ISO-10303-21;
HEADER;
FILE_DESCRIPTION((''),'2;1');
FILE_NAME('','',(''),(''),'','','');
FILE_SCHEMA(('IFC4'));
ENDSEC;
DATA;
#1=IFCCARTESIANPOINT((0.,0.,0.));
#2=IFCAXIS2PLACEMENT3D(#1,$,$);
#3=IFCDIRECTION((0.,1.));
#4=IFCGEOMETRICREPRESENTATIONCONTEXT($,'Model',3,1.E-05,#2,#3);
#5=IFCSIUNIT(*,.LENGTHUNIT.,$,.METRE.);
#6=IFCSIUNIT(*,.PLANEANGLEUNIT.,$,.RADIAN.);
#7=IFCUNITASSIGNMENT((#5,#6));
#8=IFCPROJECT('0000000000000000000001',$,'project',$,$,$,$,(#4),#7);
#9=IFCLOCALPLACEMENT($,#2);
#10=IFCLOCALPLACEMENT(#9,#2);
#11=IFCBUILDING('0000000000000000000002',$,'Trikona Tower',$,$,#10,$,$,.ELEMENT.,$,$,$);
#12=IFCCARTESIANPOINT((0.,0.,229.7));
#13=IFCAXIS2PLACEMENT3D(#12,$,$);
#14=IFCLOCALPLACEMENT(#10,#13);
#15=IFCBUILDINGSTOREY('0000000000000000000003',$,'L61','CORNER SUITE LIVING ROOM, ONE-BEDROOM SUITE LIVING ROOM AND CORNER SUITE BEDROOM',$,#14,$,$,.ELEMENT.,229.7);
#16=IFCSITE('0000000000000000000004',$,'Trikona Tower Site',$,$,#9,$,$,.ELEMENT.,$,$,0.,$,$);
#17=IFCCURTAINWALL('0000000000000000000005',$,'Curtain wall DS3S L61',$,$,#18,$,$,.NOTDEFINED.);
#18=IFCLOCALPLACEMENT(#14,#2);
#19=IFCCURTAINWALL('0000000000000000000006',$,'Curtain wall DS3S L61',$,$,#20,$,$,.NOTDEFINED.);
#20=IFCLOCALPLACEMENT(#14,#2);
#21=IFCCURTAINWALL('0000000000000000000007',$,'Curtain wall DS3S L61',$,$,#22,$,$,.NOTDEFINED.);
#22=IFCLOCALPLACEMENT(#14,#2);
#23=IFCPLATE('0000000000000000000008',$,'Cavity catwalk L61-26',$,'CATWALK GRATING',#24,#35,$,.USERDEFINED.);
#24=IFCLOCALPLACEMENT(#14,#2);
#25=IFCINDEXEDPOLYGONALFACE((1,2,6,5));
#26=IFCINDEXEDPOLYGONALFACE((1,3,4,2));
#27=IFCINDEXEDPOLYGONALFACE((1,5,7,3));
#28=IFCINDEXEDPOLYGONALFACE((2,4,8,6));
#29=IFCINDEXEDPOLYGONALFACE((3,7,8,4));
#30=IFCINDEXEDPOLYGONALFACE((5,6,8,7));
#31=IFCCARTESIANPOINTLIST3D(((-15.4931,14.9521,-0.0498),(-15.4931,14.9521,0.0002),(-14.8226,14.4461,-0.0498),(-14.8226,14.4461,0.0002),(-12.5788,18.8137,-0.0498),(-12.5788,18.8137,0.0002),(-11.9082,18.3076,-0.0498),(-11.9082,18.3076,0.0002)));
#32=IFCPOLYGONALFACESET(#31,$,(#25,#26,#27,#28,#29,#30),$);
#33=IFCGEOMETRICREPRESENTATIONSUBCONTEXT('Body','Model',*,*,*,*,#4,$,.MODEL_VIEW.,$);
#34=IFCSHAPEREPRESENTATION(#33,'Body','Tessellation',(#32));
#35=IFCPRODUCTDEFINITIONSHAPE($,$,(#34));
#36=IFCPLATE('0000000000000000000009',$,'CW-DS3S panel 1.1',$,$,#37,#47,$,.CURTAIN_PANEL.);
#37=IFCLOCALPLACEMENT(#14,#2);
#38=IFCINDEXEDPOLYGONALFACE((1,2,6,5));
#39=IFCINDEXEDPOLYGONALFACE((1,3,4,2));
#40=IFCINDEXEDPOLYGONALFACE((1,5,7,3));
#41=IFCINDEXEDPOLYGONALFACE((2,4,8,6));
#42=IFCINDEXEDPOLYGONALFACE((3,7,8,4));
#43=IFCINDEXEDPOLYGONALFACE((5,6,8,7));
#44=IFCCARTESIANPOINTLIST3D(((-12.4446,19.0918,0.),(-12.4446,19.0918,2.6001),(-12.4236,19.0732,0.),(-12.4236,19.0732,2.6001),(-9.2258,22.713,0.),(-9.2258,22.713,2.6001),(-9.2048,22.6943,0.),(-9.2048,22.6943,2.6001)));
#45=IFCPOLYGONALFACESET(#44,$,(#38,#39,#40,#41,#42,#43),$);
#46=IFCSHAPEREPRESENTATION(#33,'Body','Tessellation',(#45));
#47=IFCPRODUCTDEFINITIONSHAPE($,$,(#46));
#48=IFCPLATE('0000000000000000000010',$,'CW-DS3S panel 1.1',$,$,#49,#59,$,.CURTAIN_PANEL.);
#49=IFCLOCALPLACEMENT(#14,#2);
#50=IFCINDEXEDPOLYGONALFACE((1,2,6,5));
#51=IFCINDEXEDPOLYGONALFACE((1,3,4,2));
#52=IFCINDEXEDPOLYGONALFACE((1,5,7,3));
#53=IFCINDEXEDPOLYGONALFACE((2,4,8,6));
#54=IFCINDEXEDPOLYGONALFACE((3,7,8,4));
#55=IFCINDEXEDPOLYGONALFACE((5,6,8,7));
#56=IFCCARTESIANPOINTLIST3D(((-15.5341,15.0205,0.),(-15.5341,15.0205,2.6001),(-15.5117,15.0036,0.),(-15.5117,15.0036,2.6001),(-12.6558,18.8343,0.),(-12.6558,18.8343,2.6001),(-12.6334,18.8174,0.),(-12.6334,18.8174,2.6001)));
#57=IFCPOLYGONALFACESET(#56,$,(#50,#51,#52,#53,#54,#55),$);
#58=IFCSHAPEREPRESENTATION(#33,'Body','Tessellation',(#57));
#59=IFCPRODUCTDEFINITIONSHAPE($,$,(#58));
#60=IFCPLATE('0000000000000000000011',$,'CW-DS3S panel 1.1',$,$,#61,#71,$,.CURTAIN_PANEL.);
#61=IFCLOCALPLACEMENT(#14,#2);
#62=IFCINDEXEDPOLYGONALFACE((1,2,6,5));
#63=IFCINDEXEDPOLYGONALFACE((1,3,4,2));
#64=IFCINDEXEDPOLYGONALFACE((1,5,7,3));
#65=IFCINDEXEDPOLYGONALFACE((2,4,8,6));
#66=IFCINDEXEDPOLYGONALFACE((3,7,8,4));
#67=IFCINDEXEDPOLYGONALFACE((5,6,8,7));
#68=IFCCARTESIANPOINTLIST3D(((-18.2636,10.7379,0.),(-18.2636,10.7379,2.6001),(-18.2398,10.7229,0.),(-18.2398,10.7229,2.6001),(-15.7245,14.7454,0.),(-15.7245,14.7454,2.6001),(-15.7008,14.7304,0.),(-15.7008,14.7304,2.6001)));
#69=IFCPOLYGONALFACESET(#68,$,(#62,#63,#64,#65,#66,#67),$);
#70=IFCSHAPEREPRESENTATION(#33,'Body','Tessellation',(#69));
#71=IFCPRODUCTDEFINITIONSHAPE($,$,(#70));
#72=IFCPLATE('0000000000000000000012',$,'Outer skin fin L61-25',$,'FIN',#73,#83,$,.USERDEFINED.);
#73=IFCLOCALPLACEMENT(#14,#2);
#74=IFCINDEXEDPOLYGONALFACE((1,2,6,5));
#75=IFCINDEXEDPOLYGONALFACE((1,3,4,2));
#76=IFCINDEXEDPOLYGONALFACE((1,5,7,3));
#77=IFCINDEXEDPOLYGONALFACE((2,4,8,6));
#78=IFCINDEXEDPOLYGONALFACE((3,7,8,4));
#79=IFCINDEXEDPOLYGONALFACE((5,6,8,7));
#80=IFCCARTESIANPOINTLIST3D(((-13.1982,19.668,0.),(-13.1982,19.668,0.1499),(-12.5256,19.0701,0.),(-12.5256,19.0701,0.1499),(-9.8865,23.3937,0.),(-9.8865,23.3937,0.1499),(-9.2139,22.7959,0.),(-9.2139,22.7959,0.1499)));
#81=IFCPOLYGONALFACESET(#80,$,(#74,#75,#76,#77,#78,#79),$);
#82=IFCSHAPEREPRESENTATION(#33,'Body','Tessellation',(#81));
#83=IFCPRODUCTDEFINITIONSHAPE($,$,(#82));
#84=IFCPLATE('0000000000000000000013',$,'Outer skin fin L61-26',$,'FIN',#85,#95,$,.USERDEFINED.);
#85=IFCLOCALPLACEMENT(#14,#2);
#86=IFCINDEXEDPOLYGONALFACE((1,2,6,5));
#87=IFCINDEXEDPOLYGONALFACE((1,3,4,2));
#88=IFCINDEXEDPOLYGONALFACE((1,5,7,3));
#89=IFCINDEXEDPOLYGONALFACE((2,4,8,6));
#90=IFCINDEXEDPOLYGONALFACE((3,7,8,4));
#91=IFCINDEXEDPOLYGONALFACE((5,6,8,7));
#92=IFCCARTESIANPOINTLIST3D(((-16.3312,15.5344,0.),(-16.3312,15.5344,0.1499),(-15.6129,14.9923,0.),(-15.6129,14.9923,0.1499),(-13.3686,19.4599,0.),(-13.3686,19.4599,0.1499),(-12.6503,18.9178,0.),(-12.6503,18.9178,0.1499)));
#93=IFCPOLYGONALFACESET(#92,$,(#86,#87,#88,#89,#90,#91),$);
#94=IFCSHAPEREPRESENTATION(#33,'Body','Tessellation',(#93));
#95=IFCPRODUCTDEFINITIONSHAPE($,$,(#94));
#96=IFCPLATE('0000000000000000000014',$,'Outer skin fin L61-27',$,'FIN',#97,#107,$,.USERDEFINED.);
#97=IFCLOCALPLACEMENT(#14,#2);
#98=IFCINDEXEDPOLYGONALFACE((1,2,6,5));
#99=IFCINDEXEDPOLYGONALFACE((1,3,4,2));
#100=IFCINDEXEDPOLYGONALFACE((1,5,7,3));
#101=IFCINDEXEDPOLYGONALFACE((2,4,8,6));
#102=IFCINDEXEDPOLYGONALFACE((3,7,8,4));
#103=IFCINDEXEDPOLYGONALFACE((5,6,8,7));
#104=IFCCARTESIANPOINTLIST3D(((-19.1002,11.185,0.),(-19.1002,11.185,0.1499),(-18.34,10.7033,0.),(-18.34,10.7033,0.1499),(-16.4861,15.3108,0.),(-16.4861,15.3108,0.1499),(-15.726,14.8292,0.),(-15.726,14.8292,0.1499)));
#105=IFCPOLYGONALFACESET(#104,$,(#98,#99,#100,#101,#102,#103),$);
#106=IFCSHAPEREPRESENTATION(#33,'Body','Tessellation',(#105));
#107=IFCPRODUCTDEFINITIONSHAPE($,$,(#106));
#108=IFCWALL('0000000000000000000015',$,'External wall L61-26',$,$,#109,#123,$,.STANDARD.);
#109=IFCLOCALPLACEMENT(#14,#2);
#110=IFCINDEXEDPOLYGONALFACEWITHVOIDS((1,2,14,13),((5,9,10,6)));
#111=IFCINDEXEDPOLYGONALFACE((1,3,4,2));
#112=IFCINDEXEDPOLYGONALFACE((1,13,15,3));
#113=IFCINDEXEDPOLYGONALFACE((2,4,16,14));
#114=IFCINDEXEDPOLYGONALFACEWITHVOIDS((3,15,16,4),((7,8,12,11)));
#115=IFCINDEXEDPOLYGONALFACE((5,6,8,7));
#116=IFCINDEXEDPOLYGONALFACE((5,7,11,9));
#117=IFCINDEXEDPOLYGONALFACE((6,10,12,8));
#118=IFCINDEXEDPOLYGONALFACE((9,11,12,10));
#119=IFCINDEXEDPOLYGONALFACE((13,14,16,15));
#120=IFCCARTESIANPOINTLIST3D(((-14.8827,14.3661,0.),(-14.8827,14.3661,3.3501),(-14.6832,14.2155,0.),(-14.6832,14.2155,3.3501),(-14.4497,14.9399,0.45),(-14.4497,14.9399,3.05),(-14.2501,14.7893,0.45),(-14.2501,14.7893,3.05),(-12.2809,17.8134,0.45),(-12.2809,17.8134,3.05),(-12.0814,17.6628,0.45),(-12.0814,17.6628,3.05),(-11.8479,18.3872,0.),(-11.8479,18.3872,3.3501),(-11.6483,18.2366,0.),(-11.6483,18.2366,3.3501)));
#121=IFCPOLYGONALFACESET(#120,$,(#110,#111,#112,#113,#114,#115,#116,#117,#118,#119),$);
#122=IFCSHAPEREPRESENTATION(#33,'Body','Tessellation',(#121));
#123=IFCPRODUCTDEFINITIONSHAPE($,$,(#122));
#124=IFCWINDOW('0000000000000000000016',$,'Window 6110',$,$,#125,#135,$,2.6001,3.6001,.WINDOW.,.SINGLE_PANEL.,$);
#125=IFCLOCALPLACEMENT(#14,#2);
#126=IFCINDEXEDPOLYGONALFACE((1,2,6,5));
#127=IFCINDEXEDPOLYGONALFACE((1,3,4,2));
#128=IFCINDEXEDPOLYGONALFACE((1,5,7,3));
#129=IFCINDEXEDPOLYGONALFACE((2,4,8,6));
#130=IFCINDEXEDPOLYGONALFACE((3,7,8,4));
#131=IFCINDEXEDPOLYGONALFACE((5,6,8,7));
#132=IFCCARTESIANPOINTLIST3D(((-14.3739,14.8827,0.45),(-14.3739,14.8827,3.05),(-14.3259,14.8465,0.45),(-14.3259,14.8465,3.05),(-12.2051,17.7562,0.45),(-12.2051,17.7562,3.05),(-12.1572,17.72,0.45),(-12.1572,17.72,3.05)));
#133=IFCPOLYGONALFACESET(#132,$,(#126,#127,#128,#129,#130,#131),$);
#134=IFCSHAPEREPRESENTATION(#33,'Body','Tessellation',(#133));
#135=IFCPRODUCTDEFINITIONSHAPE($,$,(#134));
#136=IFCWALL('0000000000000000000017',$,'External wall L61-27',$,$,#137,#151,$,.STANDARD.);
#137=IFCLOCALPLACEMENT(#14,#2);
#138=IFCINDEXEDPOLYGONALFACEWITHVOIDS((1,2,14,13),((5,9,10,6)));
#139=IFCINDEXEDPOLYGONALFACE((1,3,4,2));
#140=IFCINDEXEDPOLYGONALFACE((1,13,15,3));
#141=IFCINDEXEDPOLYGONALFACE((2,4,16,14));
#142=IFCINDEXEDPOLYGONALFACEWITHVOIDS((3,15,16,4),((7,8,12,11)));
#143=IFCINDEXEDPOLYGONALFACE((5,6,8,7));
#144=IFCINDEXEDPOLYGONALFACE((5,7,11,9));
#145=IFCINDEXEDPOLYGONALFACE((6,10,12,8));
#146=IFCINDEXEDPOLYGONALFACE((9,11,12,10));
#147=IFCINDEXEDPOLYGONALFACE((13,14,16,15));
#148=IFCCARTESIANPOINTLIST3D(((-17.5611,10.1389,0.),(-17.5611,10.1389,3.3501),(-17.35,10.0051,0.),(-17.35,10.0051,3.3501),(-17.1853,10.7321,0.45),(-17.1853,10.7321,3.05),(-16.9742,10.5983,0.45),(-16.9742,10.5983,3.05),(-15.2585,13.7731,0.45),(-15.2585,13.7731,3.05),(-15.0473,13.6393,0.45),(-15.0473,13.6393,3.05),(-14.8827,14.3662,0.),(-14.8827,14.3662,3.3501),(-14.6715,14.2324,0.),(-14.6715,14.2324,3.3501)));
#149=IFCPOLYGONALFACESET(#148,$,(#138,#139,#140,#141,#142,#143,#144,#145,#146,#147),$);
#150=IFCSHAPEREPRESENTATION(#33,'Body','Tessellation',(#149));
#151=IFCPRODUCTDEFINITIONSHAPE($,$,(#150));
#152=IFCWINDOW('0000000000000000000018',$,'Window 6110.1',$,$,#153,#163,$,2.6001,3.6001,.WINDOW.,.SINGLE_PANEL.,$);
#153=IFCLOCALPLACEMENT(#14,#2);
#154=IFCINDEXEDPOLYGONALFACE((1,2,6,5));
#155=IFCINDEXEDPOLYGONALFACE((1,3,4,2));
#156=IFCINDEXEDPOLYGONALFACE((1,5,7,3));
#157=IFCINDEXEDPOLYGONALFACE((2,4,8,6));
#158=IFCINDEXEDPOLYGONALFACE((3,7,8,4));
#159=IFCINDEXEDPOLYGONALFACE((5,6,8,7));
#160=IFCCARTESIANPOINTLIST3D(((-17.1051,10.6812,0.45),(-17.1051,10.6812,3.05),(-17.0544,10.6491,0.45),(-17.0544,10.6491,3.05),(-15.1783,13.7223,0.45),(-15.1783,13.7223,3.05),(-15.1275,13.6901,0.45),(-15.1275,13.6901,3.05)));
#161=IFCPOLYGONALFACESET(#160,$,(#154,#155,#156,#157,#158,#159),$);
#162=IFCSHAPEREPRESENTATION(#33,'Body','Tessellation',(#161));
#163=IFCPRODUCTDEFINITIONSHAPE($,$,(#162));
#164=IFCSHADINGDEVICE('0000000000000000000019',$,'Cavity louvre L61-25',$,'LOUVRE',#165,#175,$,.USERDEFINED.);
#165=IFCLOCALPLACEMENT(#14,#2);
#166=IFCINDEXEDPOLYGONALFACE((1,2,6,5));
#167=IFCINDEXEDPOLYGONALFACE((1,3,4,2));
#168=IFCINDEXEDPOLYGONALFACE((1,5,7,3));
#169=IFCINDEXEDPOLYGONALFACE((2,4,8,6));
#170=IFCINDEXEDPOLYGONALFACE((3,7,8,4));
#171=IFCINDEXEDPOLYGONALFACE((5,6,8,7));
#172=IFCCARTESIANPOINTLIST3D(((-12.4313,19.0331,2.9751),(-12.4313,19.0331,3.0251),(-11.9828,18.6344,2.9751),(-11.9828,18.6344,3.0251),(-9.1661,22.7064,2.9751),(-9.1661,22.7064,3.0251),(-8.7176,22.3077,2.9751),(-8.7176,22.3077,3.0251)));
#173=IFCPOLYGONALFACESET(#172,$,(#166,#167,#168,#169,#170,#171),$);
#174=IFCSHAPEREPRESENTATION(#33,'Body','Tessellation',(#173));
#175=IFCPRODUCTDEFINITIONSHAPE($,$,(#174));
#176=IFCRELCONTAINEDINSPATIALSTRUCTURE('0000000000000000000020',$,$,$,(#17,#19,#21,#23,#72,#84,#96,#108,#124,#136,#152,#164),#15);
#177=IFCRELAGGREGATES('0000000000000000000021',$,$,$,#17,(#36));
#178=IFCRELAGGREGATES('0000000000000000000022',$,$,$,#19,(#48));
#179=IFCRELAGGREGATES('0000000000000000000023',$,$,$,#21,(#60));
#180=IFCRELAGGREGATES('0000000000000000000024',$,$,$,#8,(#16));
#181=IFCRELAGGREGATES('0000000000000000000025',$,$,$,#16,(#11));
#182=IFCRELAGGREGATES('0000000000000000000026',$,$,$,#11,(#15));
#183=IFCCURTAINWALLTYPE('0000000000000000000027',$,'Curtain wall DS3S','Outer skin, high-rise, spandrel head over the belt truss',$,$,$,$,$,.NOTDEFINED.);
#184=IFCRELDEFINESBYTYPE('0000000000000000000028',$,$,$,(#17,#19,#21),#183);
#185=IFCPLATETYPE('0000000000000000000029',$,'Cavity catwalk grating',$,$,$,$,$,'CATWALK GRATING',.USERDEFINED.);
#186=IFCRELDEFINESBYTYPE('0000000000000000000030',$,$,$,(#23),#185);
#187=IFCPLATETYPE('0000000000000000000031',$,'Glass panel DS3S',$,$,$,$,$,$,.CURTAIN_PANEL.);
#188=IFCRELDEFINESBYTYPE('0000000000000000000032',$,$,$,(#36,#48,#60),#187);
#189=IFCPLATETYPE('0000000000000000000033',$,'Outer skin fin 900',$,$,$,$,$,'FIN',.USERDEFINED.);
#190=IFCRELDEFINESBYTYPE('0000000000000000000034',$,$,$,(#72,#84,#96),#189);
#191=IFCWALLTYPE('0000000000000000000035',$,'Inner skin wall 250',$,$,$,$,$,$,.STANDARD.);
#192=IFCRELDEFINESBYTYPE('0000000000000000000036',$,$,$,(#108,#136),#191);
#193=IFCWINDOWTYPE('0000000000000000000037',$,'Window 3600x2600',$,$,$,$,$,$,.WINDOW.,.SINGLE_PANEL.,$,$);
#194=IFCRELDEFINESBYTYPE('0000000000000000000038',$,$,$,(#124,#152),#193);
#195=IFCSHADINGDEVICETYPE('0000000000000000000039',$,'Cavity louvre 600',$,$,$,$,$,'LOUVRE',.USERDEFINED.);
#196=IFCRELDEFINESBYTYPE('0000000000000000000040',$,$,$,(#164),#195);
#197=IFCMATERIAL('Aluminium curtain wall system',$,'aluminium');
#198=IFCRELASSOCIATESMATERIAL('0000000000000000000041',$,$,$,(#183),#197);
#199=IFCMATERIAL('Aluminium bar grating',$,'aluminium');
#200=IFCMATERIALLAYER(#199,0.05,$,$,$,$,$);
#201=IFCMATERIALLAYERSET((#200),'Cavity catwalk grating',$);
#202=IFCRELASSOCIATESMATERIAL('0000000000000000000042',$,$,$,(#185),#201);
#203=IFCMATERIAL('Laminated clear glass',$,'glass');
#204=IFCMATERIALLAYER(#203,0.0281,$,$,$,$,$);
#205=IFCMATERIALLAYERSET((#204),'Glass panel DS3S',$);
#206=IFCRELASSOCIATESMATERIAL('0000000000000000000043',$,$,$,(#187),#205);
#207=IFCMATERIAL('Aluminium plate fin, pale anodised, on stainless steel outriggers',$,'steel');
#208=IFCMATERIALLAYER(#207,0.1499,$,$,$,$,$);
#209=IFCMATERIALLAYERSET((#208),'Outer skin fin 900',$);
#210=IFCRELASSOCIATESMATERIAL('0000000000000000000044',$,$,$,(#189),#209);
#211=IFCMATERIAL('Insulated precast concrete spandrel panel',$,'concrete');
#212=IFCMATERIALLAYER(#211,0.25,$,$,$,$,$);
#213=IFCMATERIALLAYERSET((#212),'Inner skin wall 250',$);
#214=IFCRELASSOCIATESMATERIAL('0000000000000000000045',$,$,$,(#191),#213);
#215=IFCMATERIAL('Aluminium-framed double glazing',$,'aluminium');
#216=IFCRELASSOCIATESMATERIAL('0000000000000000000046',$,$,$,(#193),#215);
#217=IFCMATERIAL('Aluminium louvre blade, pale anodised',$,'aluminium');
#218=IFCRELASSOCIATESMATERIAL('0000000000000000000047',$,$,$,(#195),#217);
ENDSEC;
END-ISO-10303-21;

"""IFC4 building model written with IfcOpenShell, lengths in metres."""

from ifc_helpers import new_model, si_unit, direction, frame, frame_2d, origin, origin_2d, place, context, subcontext, project, spatial, rectangle, extrude, material, layer, layer_set, type_object, element, fill, aggregate, save


model = new_model("IFC4")

# Units and contexts
model_context = context("Model", 3, precision=1e-05, world=origin(), true_north=direction((0.0, 1.0)))
body_context = subcontext(model_context, "Body", "Model", "MODEL_VIEW")
ifc_project = project(units=[si_unit("LENGTHUNIT", "METRE"), si_unit("PLANEANGLEUNIT", "RADIAN")], contexts=[model_context])

# Site, building, storey
site_placement = place(None, origin())
site = spatial("IfcSite", under=ifc_project, at=site_placement, Name="Trikona Tower Site", CompositionType="ELEMENT", RefElevation=0.0)
building_placement = place(site_placement, origin())
building = spatial("IfcBuilding", under=site, at=building_placement, Name="Trikona Tower", CompositionType="ELEMENT")
storey_placement = place(building_placement, frame((0.0, 0.0, 229.7)))
storey = spatial("IfcBuildingStorey", under=building, at=storey_placement, Name="L61", Description="CORNER SUITE LIVING ROOM, ONE-BEDROOM SUITE LIVING ROOM AND CORNER SUITE BEDROOM", CompositionType="ELEMENT", Elevation=229.7)

# Shared definitions
ifc_material_1 = material(Name="Aluminium curtain wall system", Category="aluminium")
curtain_wall_type = type_object("IfcCurtainWallType", Name="Curtain wall DS3S", Description="Outer skin, high-rise, spandrel head over the belt truss", PredefinedType="NOTDEFINED", material=ifc_material_1)

# Curtain walls
curtain_wall_1_placement = place(storey_placement, origin())
curtain_wall_1 = element("IfcCurtainWall", 1, at=curtain_wall_1_placement, inside=storey, type_object=curtain_wall_type, Name="Curtain wall DS3S L61", PredefinedType="NOTDEFINED")
curtain_wall_2_placement = place(storey_placement, origin())
curtain_wall_2 = element("IfcCurtainWall", 2, at=curtain_wall_2_placement, inside=storey, type_object=curtain_wall_type, Name="Curtain wall DS3S L61", PredefinedType="NOTDEFINED")

# Curtain wall
curtain_wall_3_placement = place(storey_placement, origin())
curtain_wall_3 = element("IfcCurtainWall", 3, at=curtain_wall_3_placement, inside=storey, type_object=curtain_wall_type, Name="Curtain wall DS3S L61", PredefinedType="NOTDEFINED")

# Plate
ifc_material_2 = material(Name="Aluminium bar grating", Category="aluminium")
ifc_layer_1 = layer(ifc_material_2, 0.05)
ifc_layer_set_1 = layer_set([ifc_layer_1], Name="Cavity catwalk grating")
plate_type_1 = type_object("IfcPlateType", Name="Cavity catwalk grating", ElementType="CATWALK GRATING", PredefinedType="USERDEFINED", material=ifc_layer_set_1)
plate_1_placement = place(storey_placement, frame((-13.7007, 16.6299, -0.0498), z_axis=(0.0, 0.0, 1.0), x_axis=(-0.602402, -0.798193, 0.0)))
element("IfcPlate", 4, at=plate_1_placement, inside=storey, type_object=plate_type_1, Name="Cavity catwalk L61-26", ObjectType="CATWALK GRATING", PredefinedType="USERDEFINED", context=body_context, shape_type="SweptSolid", body=[
    extrude(rectangle(XDim=4.8379, YDim=0.8401, at=origin_2d()), origin(), (0.0, 0.0, 1.0), 0.05),
])

# Plates
ifc_material_3 = material(Name="Laminated clear glass", Category="glass")
ifc_layer_2 = layer(ifc_material_3, 0.0281)
ifc_layer_set_2 = layer_set([ifc_layer_2], Name="Glass panel DS3S")
plate_type_2 = type_object("IfcPlateType", Name="Glass panel DS3S", PredefinedType="CURTAIN_PANEL", material=ifc_layer_set_2)
plate_2_placement = place(storey_placement, frame((-10.8247, 20.8931, 0.0), z_axis=(0.0, 0.0, 1.0), x_axis=(-0.664371, -0.747403, 0.0)))
plate_2 = element("IfcPlate", 5, at=plate_2_placement, type_object=plate_type_2, Name="CW-DS3S panel 1.1", PredefinedType="CURTAIN_PANEL", context=body_context, shape_type="SweptSolid", body=[
    extrude(rectangle(XDim=4.845, YDim=0.0281, at=origin_2d()), origin(), (0.0, 0.0, 1.0), 2.6001),
])
aggregate(curtain_wall_1, [plate_2])
plate_3_placement = place(storey_placement, frame((-14.0837, 16.9189, 0.0), z_axis=(0.0, 0.0, 1.0), x_axis=(-0.602402, -0.798193, 0.0)))
plate_3 = element("IfcPlate", 6, at=plate_3_placement, type_object=plate_type_2, Name="CW-DS3S panel 1.1", PredefinedType="CURTAIN_PANEL", context=body_context, shape_type="SweptSolid", body=[
    extrude(rectangle(XDim=4.7781, YDim=0.0281, at=origin_2d()), origin(), (0.0, 0.0, 1.0), 2.6001),
])
aggregate(curtain_wall_2, [plate_3])
plate_4_placement = place(storey_placement, frame((-16.9822, 12.7341, 0.0), z_axis=(0.0, 0.0, 1.0), x_axis=(-0.535197, -0.844727, 0.0)))
plate_4 = element("IfcPlate", 7, at=plate_4_placement, type_object=plate_type_2, Name="CW-DS3S panel 1.1", PredefinedType="CURTAIN_PANEL", context=body_context, shape_type="SweptSolid", body=[
    extrude(rectangle(XDim=4.7441, YDim=0.0281, at=origin_2d()), origin(), (0.0, 0.0, 1.0), 2.6001),
])
aggregate(curtain_wall_3, [plate_4])

# Plates
ifc_material_4 = material(Name="Aluminium plate fin, pale anodised, on stainless steel outriggers", Category="steel")
ifc_layer_3 = layer(ifc_material_4, 0.1499)
ifc_layer_set_3 = layer_set([ifc_layer_3], Name="Outer skin fin 900")
plate_type_3 = type_object("IfcPlateType", Name="Outer skin fin 900", ElementType="FIN", PredefinedType="USERDEFINED", material=ifc_layer_set_3)
plate_5_placement = place(storey_placement, frame((-11.2061, 21.2319, 0.0), z_axis=(0.0, 0.0, 1.0), x_axis=(-0.664367, -0.747406, 0.0)))
element("IfcPlate", 8, at=plate_5_placement, inside=storey, type_object=plate_type_3, Name="Outer skin fin L61-25", ObjectType="FIN", PredefinedType="USERDEFINED", context=body_context, shape_type="SweptSolid", body=[
    extrude(rectangle(XDim=4.9849, YDim=0.8999, at=origin_2d()), origin(), (0.0, 0.0, 1.0), 0.1499),
])
plate_6_placement = place(storey_placement, frame((-14.4907, 17.2261, 0.0), z_axis=(0.0, 0.0, 1.0), x_axis=(-0.602402, -0.798193, 0.0)))
element("IfcPlate", 9, at=plate_6_placement, inside=storey, type_object=plate_type_3, Name="Outer skin fin L61-26", ObjectType="FIN", PredefinedType="USERDEFINED", context=body_context, shape_type="SweptSolid", body=[
    extrude(rectangle(XDim=4.918, YDim=0.8999, at=origin_2d()), origin(), (0.0, 0.0, 1.0), 0.1499),
])
plate_7_placement = place(storey_placement, frame((-17.4131, 13.0071, 0.0), z_axis=(0.0, 0.0, 1.0), x_axis=(-0.535205, -0.844722, 0.0)))
element("IfcPlate", 10, at=plate_7_placement, inside=storey, type_object=plate_type_3, Name="Outer skin fin L61-27", ObjectType="FIN", PredefinedType="USERDEFINED", context=body_context, shape_type="SweptSolid", body=[
    extrude(rectangle(XDim=4.8843, YDim=0.8999, at=origin_2d()), origin(), (0.0, 0.0, 1.0), 0.1499),
])

# Walls, openings, windows
ifc_material_5 = material(Name="Insulated precast concrete spandrel panel", Category="concrete")
ifc_layer_4 = layer(ifc_material_5, 0.25)
ifc_layer_set_4 = layer_set([ifc_layer_4], Name="Inner skin wall 250")
wall_type = type_object("IfcWallType", Name="Inner skin wall 250", PredefinedType="STANDARD", material=ifc_layer_set_4)
wall_1_placement = place(storey_placement, frame((-11.748, 18.312, 0.0), z_axis=(0.0, 0.0, 1.0), x_axis=(-0.602409, -0.798188, 0.0)))
wall_1 = element("IfcWall", 11, at=wall_1_placement, inside=storey, type_object=wall_type, Name="External wall L61-26", PredefinedType="STANDARD", context=body_context, shape_type="SweptSolid", body=[
    extrude(rectangle(XDim=5.0378, YDim=0.25, at=frame_2d((2.519, 0.0))), origin(), (0.0, 0.0, 1.0), 3.3501),
])
opening_1_placement = place(wall_1_placement, frame((0.719, 0.0, 0.45)))
opening_1 = element("IfcOpeningElement", 12, at=opening_1_placement, cuts=wall_1, PredefinedType="OPENING", context=body_context, shape_type="SweptSolid", body=[
    extrude(rectangle(XDim=3.6001, YDim=2.6001, at=frame_2d((1.8, 1.3))), frame((0.0, 0.135, 0.0), z_axis=(0.0, -1.0, 0.0), x_axis=(1.0, 0.0, 0.0)), (0.0, 0.0, 1.0), 0.27),
])
ifc_material_6 = material(Name="Aluminium-framed double glazing", Category="aluminium")
window_type = type_object("IfcWindowType", Name="Window 3600x2600", PartitioningType="SINGLE_PANEL", PredefinedType="WINDOW", material=ifc_material_6)
window_1_placement = place(opening_1_placement, origin())
window_1 = element("IfcWindow", 13, at=window_1_placement, inside=storey, type_object=window_type, Name="Window 6110", OverallHeight=2.6001, OverallWidth=3.6001, PartitioningType="SINGLE_PANEL", PredefinedType="WINDOW", context=body_context, shape_type="SweptSolid", body=[
    extrude(rectangle(XDim=3.6001, YDim=2.6001, at=frame_2d((1.8, 1.3))), frame((0.0, 0.03, 0.0), z_axis=(0.0, -1.0, 0.0), x_axis=(1.0, 0.0, 0.0)), (0.0, 0.0, 1.0), 0.0601),
])
fill(opening_1, window_1)
wall_2_placement = place(storey_placement, frame((-14.7771, 14.2993, 0.0), z_axis=(0.0, 0.0, 1.0), x_axis=(-0.53522, -0.844712, 0.0)))
wall_2 = element("IfcWall", 14, at=wall_2_placement, inside=storey, type_object=wall_type, Name="External wall L61-27", PredefinedType="STANDARD", context=body_context, shape_type="SweptSolid", body=[
    extrude(rectangle(XDim=5.0044, YDim=0.25, at=frame_2d((2.5022, 0.0))), origin(), (0.0, 0.0, 1.0), 3.3501),
])
opening_2_placement = place(wall_2_placement, frame((0.7021, 0.0, 0.45)))
opening_2 = element("IfcOpeningElement", 15, at=opening_2_placement, cuts=wall_2, PredefinedType="OPENING", context=body_context, shape_type="SweptSolid", body=[
    extrude(rectangle(XDim=3.6001, YDim=2.6001, at=frame_2d((1.8, 1.3))), frame((0.0, 0.135, 0.0), z_axis=(0.0, -1.0, 0.0), x_axis=(1.0, 0.0, 0.0)), (0.0, 0.0, 1.0), 0.27),
])
window_2_placement = place(opening_2_placement, origin())
window_2 = element("IfcWindow", 16, at=window_2_placement, inside=storey, type_object=window_type, Name="Window 6110.1", OverallHeight=2.6001, OverallWidth=3.6001, PartitioningType="SINGLE_PANEL", PredefinedType="WINDOW", context=body_context, shape_type="SweptSolid", body=[
    extrude(rectangle(XDim=3.6001, YDim=2.6001, at=frame_2d((1.8, 1.3))), frame((0.0, 0.03, 0.0), z_axis=(0.0, -1.0, 0.0), x_axis=(1.0, 0.0, 0.0)), (0.0, 0.0, 1.0), 0.0601),
])
fill(opening_2, window_2)

# Shading device
ifc_material_7 = material(Name="Aluminium louvre blade, pale anodised", Category="aluminium")
shading_device_type = type_object("IfcShadingDeviceType", Name="Cavity louvre 600", ElementType="LOUVRE", PredefinedType="USERDEFINED", material=ifc_material_7)
shading_device_1_placement = place(storey_placement, frame((-10.5745, 20.6704, 2.9751), z_axis=(0.0, 0.0, 1.0), x_axis=(-0.664367, -0.747406, 0.0)))
element("IfcShadingDevice", 17, at=shading_device_1_placement, inside=storey, type_object=shading_device_type, Name="Cavity louvre L61-25", ObjectType="LOUVRE", PredefinedType="USERDEFINED", context=body_context, shape_type="SweptSolid", body=[
    extrude(rectangle(XDim=4.9148, YDim=0.6001, at=origin_2d()), origin(), (0.0, 0.0, 1.0), 0.05),
])

save(model, "model.ifc")
